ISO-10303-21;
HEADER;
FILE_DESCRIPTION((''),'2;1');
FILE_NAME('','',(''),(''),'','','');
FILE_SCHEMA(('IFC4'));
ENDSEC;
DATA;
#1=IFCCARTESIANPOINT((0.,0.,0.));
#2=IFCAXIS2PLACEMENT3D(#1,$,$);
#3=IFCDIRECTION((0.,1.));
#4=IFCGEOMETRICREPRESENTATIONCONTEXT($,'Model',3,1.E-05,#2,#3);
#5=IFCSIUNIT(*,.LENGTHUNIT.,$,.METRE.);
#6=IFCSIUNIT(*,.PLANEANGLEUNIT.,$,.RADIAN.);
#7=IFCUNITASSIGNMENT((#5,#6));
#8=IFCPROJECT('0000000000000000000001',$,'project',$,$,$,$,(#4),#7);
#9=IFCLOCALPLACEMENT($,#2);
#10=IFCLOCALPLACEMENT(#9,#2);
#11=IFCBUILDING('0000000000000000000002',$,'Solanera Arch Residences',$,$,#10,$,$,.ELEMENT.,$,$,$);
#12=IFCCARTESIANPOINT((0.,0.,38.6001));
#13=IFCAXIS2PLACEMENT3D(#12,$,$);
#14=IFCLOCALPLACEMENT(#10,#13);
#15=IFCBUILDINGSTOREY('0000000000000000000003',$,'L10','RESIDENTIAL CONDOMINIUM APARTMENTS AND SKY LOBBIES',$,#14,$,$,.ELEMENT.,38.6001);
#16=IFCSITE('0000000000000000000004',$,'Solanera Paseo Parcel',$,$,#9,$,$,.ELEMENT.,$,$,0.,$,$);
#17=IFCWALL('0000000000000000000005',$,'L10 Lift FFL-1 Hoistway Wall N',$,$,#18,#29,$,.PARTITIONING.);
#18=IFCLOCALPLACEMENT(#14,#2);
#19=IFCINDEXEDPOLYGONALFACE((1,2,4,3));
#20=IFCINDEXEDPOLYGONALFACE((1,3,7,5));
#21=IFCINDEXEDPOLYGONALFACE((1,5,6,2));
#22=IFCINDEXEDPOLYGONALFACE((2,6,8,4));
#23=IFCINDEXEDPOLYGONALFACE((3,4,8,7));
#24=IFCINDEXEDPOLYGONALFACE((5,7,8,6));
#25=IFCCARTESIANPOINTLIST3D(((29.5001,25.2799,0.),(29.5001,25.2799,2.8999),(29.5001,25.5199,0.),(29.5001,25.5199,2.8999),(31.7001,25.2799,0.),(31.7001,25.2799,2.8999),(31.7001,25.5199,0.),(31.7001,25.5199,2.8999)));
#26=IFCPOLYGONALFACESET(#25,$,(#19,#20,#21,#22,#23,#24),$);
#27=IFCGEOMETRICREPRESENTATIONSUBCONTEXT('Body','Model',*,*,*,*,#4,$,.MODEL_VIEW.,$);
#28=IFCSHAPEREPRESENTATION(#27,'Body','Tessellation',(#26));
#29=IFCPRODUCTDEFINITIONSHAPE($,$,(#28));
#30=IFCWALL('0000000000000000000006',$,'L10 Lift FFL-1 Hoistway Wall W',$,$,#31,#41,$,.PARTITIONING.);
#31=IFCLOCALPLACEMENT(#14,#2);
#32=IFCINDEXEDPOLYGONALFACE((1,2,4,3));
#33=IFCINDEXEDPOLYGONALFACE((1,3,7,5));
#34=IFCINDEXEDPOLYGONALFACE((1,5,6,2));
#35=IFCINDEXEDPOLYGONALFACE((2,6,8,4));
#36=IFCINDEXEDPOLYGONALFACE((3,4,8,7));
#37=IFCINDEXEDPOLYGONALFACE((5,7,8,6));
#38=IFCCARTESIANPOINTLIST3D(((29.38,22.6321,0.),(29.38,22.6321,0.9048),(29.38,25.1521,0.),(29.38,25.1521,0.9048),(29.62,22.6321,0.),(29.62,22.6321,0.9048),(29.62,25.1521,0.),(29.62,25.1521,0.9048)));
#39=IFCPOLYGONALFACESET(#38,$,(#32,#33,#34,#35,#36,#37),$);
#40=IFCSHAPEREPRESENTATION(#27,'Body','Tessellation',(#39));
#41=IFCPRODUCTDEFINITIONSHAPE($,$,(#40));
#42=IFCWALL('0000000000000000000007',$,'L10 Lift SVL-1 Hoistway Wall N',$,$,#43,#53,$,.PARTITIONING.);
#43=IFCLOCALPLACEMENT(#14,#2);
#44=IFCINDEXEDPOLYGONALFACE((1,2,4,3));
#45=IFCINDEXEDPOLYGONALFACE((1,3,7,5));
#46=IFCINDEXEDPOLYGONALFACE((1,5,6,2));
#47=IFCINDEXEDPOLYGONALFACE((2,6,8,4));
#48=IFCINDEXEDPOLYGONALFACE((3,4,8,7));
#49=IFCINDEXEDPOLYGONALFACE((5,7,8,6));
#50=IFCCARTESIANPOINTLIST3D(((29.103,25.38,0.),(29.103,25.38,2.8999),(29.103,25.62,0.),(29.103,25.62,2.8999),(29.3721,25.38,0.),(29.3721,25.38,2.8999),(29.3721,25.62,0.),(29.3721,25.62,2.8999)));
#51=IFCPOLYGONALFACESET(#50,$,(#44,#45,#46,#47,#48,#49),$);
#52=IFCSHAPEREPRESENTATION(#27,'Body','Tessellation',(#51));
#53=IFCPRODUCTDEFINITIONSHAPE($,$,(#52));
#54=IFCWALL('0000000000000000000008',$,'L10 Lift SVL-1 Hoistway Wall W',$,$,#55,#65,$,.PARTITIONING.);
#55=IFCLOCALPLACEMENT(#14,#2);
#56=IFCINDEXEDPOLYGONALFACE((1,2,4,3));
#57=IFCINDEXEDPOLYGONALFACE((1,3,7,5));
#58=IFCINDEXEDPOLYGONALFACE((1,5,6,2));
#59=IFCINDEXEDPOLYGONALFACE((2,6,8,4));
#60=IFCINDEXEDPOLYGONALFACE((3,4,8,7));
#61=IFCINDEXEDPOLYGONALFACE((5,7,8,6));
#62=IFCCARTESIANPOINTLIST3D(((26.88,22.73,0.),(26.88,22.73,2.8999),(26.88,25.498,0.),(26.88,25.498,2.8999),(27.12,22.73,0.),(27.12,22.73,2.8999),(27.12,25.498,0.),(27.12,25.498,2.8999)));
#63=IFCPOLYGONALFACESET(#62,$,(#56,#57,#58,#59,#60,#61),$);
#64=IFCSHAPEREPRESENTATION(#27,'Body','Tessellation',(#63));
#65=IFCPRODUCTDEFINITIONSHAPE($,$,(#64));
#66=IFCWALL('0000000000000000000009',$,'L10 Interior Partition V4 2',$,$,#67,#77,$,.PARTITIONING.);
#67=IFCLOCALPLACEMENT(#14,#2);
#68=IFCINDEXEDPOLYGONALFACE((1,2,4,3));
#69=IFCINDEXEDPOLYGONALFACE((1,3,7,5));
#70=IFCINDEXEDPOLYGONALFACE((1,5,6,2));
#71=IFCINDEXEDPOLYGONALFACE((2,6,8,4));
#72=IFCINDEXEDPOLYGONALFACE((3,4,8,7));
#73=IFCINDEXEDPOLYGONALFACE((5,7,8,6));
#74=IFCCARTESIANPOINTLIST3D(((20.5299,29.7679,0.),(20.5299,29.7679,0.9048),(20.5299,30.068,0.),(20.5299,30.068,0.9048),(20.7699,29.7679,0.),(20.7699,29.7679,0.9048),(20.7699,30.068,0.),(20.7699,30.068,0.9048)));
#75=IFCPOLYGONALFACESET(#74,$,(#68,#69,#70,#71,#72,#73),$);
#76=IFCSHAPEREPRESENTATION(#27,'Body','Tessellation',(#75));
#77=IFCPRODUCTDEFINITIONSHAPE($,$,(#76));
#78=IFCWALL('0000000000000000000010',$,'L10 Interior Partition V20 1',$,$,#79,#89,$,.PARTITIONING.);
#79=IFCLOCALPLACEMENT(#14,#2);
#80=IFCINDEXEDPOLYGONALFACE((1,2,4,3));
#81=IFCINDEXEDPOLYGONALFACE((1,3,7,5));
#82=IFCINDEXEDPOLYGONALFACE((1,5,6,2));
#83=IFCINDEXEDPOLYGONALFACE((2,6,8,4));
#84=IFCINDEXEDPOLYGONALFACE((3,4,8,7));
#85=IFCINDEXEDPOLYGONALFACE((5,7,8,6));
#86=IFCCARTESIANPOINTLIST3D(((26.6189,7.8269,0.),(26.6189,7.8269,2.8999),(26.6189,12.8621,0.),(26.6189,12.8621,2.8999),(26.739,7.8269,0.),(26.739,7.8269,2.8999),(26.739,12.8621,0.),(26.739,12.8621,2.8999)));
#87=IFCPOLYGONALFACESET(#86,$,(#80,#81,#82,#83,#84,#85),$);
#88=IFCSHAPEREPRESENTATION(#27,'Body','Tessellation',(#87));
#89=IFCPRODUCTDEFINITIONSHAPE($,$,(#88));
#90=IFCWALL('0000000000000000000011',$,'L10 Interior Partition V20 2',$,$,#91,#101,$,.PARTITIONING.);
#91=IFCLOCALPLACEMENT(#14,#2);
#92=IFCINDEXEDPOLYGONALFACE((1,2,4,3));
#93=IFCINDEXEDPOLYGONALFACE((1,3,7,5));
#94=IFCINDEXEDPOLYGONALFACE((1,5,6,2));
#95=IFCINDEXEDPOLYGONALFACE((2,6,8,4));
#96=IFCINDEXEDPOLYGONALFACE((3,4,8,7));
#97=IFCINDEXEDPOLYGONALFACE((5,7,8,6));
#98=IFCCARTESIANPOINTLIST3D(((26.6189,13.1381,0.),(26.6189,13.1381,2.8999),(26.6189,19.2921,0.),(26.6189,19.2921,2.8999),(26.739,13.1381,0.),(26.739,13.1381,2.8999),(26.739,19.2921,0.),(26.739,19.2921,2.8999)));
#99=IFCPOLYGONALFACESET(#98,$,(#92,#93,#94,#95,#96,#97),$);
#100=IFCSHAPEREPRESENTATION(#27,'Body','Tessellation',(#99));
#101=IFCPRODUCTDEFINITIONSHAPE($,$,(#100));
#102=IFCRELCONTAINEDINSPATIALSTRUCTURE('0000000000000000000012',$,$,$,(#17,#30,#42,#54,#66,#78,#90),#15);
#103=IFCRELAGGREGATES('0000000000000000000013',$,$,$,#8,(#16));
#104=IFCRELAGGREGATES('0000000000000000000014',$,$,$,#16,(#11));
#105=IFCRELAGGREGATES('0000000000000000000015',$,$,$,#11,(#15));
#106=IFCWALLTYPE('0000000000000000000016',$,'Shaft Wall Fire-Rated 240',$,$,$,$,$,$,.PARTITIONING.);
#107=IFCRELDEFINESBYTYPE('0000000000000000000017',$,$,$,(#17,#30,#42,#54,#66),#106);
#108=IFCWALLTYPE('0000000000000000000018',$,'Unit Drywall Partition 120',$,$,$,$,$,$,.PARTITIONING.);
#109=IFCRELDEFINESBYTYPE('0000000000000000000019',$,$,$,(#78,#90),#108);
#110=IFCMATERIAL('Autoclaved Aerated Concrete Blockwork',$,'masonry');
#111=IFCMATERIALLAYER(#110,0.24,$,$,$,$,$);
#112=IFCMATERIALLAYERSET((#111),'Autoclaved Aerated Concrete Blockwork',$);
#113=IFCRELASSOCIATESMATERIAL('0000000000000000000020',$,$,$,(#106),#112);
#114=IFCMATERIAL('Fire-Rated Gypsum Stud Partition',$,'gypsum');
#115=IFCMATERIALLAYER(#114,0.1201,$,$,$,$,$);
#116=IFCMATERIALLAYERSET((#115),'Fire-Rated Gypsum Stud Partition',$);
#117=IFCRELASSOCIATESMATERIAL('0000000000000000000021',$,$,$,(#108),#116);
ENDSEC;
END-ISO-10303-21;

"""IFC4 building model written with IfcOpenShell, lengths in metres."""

from ifc_helpers import new_model, si_unit, direction, frame, frame_2d, origin, place, context, subcontext, project, spatial, rectangle, extrude, material, layer, layer_set, type_object, element, save


model = new_model("IFC4")

# Units and contexts
model_context = context("Model", 3, precision=1e-05, world=origin(), true_north=direction((0.0, 1.0)))
body_context = subcontext(model_context, "Body", "Model", "MODEL_VIEW")
ifc_project = project(units=[si_unit("LENGTHUNIT", "METRE"), si_unit("PLANEANGLEUNIT", "RADIAN")], contexts=[model_context])

# Site, building, storey
site_placement = place(None, origin())
site = spatial("IfcSite", under=ifc_project, at=site_placement, Name="Solanera Paseo Parcel", CompositionType="ELEMENT", RefElevation=0.0)
building_placement = place(site_placement, origin())
building = spatial("IfcBuilding", under=site, at=building_placement, Name="Solanera Arch Residences", CompositionType="ELEMENT")
storey_placement = place(building_placement, frame((0.0, 0.0, 38.6001)))
storey = spatial("IfcBuildingStorey", under=building, at=storey_placement, Name="L10", Description="RESIDENTIAL CONDOMINIUM APARTMENTS AND SKY LOBBIES", CompositionType="ELEMENT", Elevation=38.6001)

# Walls
ifc_material_1 = material(Name="Autoclaved Aerated Concrete Blockwork", Category="masonry")
ifc_layer_1 = layer(ifc_material_1, 0.24)
ifc_layer_set_1 = layer_set([ifc_layer_1], Name="Autoclaved Aerated Concrete Blockwork")
wall_type_1 = type_object("IfcWallType", Name="Shaft Wall Fire-Rated 240", PredefinedType="PARTITIONING", material=ifc_layer_set_1)
wall_1_placement = place(storey_placement, frame((29.5, 25.3999, 0.0), z_axis=(0.0, 0.0, 1.0), x_axis=(1.0, 0.0, 0.0)))
element("IfcWall", 1, at=wall_1_placement, inside=storey, type_object=wall_type_1, Name="L10 Lift FFL-1 Hoistway Wall N", PredefinedType="PARTITIONING", context=body_context, shape_type="SweptSolid", body=[
    extrude(rectangle(XDim=2.2, YDim=0.24, at=frame_2d((1.1001, 0.0))), origin(), (0.0, 0.0, 1.0), 2.8999),
])
wall_2_placement = place(storey_placement, frame((29.5, 22.6321, 0.0), z_axis=(0.0, 0.0, 1.0), x_axis=(0.0, 1.0, 0.0)))
element("IfcWall", 2, at=wall_2_placement, inside=storey, type_object=wall_type_1, Name="L10 Lift FFL-1 Hoistway Wall W", PredefinedType="PARTITIONING", context=body_context, shape_type="SweptSolid", body=[
    extrude(rectangle(XDim=2.52, YDim=0.24, at=frame_2d((1.26, 0.0))), origin(), (0.0, 0.0, 1.0), 0.9048),
])
wall_3_placement = place(storey_placement, frame((29.103, 25.5, 0.0), z_axis=(0.0, 0.0, 1.0), x_axis=(1.0, 0.0, 0.0)))
element("IfcWall", 3, at=wall_3_placement, inside=storey, type_object=wall_type_1, Name="L10 Lift SVL-1 Hoistway Wall N", PredefinedType="PARTITIONING", context=body_context, shape_type="SweptSolid", body=[
    extrude(rectangle(XDim=0.269, YDim=0.24, at=frame_2d((0.1345, 0.0))), origin(), (0.0, 0.0, 1.0), 2.8999),
])
wall_4_placement = place(storey_placement, frame((27.0, 22.73, 0.0), z_axis=(0.0, 0.0, 1.0), x_axis=(0.0, 1.0, 0.0)))
element("IfcWall", 4, at=wall_4_placement, inside=storey, type_object=wall_type_1, Name="L10 Lift SVL-1 Hoistway Wall W", PredefinedType="PARTITIONING", context=body_context, shape_type="SweptSolid", body=[
    extrude(rectangle(XDim=2.7681, YDim=0.24, at=frame_2d((1.384, 0.0))), origin(), (0.0, 0.0, 1.0), 2.8999),
])
wall_5_placement = place(storey_placement, frame((20.6499, 29.7681, 0.0), z_axis=(0.0, 0.0, 1.0), x_axis=(0.0, 1.0, 0.0)))
element("IfcWall", 5, at=wall_5_placement, inside=storey, type_object=wall_type_1, Name="L10 Interior Partition V4 2", PredefinedType="PARTITIONING", context=body_context, shape_type="SweptSolid", body=[
    extrude(rectangle(XDim=0.3, YDim=0.24, at=frame_2d((0.1499, 0.0))), origin(), (0.0, 0.0, 1.0), 0.9048),
])
ifc_material_2 = material(Name="Fire-Rated Gypsum Stud Partition", Category="gypsum")
ifc_layer_2 = layer(ifc_material_2, 0.1201)
ifc_layer_set_2 = layer_set([ifc_layer_2], Name="Fire-Rated Gypsum Stud Partition")
wall_type_2 = type_object("IfcWallType", Name="Unit Drywall Partition 120", PredefinedType="PARTITIONING", material=ifc_layer_set_2)
wall_6_placement = place(storey_placement, frame((26.679, 7.8269, 0.0), z_axis=(0.0, 0.0, 1.0), x_axis=(0.0, 1.0, 0.0)))
element("IfcWall", 6, at=wall_6_placement, inside=storey, type_object=wall_type_2, Name="L10 Interior Partition V20 1", PredefinedType="PARTITIONING", context=body_context, shape_type="SweptSolid", body=[
    extrude(rectangle(XDim=5.0352, YDim=0.1201, at=frame_2d((2.5176, 0.0))), origin(), (0.0, 0.0, 1.0), 2.8999),
])
wall_7_placement = place(storey_placement, frame((26.679, 13.1379, 0.0), z_axis=(0.0, 0.0, 1.0), x_axis=(0.0, 1.0, 0.0)))
element("IfcWall", 7, at=wall_7_placement, inside=storey, type_object=wall_type_2, Name="L10 Interior Partition V20 2", PredefinedType="PARTITIONING", context=body_context, shape_type="SweptSolid", body=[
    extrude(rectangle(XDim=6.1541, YDim=0.1201, at=frame_2d((3.0771, 0.0))), origin(), (0.0, 0.0, 1.0), 2.8999),
])

save(model, "model.ifc")
